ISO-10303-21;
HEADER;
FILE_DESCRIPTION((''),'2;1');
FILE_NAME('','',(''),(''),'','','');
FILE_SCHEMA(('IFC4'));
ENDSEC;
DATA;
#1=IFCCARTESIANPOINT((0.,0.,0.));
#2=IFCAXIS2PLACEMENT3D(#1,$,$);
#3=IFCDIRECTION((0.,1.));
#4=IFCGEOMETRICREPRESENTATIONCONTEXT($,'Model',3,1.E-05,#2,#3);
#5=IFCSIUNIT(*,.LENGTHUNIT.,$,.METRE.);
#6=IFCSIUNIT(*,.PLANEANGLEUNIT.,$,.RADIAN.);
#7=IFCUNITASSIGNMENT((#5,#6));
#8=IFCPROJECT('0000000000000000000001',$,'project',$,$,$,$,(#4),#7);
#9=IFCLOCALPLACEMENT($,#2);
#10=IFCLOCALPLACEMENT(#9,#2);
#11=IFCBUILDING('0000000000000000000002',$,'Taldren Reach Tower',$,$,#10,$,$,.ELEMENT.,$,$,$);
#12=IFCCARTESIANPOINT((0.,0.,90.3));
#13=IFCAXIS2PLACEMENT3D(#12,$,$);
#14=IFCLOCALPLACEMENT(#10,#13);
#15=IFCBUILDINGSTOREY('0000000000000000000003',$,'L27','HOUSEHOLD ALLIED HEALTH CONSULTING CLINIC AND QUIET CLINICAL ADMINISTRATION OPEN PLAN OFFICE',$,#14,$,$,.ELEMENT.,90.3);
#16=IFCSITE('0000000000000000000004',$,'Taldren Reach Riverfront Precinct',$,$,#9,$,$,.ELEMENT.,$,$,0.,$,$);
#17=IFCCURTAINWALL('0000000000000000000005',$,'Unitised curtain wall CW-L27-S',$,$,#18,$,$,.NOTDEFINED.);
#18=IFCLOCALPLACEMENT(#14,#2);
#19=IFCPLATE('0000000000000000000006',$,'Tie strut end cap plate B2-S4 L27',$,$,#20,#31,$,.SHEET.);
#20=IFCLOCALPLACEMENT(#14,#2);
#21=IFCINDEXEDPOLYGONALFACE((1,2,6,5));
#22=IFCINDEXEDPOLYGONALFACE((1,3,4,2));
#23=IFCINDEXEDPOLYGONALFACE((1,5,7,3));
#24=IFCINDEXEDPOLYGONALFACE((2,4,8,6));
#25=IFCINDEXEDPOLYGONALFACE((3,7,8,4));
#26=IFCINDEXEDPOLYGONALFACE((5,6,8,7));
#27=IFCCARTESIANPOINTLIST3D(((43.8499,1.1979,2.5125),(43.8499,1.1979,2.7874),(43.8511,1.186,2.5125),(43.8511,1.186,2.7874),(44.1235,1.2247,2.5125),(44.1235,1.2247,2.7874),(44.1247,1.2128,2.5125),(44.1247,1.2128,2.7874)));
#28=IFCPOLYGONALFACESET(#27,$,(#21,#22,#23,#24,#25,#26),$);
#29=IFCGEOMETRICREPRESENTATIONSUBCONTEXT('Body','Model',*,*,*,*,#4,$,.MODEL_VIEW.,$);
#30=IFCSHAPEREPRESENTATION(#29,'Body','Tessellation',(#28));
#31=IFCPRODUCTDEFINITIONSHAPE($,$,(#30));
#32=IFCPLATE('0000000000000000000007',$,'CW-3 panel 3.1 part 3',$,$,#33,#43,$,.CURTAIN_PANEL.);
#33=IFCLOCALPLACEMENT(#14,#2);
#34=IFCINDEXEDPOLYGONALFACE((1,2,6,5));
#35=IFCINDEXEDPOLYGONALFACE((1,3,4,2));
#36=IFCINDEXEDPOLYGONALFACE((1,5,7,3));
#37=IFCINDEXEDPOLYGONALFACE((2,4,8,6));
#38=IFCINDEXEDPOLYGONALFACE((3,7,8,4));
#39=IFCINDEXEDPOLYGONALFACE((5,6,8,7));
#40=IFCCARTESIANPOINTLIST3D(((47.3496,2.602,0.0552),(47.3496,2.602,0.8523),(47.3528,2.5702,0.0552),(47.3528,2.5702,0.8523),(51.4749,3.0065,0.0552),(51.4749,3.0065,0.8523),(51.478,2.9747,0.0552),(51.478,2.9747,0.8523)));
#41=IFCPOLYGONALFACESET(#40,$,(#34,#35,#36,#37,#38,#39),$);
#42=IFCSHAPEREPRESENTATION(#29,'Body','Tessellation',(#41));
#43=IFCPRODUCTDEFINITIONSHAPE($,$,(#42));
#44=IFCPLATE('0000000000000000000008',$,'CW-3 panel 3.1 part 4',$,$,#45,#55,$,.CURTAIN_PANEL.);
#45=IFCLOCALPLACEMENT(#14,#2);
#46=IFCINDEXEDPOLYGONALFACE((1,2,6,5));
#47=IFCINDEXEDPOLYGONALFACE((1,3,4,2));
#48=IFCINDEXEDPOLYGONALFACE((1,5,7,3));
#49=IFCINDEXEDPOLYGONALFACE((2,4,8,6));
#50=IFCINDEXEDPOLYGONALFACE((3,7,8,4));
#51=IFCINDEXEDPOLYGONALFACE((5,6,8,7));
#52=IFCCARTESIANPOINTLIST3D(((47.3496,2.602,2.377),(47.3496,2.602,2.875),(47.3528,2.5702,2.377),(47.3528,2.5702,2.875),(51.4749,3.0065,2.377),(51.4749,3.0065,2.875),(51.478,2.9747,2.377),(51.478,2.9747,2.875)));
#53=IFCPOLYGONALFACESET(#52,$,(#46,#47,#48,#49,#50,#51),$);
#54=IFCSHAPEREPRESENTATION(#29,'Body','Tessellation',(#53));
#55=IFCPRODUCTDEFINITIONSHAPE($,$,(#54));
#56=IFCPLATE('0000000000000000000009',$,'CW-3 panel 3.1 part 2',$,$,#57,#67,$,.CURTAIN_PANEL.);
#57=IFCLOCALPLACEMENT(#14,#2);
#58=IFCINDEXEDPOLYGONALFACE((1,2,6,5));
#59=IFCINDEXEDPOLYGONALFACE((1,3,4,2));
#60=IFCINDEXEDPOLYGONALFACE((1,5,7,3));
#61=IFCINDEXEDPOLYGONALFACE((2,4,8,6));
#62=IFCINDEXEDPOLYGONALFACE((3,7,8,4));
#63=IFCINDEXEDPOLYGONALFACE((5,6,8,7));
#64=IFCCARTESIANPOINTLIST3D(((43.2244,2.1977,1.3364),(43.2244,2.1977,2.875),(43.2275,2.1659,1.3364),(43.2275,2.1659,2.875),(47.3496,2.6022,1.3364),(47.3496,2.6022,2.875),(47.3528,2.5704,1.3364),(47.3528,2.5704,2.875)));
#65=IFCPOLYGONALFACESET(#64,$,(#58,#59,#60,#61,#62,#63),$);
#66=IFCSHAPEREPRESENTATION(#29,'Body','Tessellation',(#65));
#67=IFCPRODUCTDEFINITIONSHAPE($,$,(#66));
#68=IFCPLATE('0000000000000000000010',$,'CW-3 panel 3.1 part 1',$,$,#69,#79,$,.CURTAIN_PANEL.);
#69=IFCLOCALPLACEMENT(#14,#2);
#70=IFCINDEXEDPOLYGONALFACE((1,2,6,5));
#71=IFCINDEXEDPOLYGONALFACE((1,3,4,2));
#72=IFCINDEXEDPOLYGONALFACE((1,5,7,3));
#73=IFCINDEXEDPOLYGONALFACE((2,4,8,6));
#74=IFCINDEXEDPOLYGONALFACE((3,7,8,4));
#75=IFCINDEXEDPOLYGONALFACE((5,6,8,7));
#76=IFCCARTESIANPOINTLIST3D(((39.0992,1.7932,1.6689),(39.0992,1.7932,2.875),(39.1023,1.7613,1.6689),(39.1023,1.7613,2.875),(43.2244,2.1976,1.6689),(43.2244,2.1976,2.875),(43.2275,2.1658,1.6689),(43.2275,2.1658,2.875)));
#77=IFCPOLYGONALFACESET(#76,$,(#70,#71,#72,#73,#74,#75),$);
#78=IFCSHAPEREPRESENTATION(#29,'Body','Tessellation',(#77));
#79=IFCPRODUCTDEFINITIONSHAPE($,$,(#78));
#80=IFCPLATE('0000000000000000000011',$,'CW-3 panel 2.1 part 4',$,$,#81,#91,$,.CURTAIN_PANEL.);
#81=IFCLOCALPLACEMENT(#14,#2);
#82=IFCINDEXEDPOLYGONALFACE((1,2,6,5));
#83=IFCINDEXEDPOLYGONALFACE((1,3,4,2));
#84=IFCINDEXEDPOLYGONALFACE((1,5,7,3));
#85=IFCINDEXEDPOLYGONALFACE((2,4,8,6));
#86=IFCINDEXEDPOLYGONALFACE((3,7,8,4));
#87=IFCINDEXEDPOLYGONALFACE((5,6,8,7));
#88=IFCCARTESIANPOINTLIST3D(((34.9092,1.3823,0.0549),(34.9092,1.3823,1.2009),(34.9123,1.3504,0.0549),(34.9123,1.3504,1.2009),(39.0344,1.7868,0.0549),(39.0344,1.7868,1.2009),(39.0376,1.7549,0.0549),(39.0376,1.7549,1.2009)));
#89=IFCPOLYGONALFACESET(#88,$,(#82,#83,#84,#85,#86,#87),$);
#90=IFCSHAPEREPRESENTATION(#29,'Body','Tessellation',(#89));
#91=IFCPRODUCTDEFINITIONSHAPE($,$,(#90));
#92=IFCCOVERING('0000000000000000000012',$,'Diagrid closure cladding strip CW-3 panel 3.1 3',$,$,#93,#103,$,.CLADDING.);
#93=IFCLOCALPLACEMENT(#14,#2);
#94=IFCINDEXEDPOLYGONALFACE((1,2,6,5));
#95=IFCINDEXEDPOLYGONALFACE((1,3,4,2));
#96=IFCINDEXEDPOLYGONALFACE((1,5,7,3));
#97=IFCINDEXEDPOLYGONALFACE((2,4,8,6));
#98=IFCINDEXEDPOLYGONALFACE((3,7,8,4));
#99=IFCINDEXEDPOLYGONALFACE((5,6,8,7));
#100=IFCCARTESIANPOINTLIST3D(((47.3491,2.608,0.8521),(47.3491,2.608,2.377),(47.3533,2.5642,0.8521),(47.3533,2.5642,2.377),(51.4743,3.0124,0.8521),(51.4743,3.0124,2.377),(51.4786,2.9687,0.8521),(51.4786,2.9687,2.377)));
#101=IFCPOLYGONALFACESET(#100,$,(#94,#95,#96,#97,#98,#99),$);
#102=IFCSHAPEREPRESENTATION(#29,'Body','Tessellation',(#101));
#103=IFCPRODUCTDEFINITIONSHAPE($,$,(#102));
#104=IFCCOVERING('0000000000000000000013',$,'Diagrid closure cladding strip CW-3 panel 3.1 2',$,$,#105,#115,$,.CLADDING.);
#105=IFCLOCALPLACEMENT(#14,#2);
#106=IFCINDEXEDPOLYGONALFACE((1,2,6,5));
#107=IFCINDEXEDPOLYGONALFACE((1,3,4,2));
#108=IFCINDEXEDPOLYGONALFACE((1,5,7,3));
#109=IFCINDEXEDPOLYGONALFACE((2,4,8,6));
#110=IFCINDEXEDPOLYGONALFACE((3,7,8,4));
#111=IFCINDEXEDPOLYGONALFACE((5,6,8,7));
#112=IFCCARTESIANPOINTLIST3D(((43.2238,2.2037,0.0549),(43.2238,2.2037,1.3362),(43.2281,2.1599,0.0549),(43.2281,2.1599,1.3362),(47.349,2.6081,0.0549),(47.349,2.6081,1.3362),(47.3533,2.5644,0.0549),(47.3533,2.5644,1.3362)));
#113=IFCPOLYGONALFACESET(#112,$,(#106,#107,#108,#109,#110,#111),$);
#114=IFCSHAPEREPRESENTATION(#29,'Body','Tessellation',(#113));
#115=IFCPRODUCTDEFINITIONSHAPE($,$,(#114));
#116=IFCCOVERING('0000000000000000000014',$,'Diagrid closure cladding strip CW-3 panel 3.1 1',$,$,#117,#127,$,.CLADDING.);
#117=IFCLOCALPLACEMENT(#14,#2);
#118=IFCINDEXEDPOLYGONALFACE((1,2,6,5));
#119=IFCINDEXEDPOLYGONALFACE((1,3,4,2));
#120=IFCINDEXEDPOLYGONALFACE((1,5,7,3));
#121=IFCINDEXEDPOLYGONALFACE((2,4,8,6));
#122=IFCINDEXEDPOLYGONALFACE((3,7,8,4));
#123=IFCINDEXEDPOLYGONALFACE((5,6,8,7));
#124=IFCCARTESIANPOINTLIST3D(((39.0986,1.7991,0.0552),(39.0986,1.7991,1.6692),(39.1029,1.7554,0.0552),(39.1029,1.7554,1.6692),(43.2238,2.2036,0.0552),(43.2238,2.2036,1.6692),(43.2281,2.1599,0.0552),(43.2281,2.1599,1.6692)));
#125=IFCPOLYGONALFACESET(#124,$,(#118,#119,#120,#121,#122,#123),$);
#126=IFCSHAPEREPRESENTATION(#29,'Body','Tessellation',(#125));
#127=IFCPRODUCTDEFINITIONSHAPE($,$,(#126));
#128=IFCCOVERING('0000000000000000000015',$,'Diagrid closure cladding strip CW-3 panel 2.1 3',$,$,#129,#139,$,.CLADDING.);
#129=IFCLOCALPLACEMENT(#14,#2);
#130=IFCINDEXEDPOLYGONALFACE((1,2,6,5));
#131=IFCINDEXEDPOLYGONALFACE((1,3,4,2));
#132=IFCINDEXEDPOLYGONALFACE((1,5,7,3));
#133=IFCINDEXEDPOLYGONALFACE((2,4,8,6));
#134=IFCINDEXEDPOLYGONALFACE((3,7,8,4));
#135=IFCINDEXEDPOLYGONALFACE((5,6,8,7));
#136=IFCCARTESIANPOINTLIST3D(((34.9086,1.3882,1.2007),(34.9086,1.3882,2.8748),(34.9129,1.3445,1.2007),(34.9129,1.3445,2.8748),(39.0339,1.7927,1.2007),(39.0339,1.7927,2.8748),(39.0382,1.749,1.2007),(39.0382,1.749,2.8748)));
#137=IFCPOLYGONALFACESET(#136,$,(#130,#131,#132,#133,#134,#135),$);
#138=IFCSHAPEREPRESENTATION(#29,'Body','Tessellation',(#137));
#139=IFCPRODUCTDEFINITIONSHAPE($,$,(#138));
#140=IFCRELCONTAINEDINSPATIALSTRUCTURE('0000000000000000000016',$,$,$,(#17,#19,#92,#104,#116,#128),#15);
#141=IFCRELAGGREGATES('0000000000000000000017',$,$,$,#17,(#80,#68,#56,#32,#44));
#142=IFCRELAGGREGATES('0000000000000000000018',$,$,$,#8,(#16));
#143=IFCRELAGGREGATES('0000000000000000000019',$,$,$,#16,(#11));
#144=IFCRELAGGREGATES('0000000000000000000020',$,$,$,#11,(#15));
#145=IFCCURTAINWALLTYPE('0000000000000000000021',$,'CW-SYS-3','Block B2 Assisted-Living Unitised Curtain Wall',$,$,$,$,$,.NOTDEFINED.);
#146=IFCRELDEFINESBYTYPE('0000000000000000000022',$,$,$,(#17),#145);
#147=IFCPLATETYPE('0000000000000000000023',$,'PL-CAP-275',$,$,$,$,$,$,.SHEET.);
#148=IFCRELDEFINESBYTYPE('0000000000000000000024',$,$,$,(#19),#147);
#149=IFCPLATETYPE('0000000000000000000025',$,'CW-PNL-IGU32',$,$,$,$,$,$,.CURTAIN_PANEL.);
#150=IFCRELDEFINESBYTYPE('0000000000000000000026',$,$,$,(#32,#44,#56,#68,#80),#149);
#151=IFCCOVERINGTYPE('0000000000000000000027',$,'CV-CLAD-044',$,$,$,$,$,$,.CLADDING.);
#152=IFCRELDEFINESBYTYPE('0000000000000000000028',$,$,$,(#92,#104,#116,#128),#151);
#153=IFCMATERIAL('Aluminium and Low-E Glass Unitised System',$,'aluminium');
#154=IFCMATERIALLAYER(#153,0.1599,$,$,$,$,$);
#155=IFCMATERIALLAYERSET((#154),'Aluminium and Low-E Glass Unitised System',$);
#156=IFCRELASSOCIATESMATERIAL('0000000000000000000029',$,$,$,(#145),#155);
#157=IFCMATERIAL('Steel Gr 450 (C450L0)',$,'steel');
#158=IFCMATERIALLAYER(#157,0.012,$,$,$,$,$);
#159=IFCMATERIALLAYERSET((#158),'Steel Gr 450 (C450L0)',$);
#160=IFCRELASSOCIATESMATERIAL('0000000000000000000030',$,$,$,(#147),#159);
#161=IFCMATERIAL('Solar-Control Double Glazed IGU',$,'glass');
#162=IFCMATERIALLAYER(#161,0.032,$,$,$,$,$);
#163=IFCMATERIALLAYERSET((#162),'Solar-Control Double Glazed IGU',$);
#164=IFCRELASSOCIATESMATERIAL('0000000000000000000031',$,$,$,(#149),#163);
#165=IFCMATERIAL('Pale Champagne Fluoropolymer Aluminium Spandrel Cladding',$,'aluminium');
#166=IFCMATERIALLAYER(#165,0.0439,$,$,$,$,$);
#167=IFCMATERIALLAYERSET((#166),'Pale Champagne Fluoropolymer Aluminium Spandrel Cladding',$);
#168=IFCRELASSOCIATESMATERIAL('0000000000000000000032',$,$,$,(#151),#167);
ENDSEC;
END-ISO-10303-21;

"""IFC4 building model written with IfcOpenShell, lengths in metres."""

from ifc_helpers import new_model, si_unit, direction, frame, origin, origin_2d, place, context, subcontext, project, spatial, rectangle, extrude, source, transform, mapped, material, layer, layer_set, type_object, element, aggregate, save


model = new_model("IFC4")

# Units and contexts
model_context = context("Model", 3, precision=1e-05, world=origin(), true_north=direction((0.0, 1.0)))
body_context = subcontext(model_context, "Body", "Model", "MODEL_VIEW")
ifc_project = project(units=[si_unit("LENGTHUNIT", "METRE"), si_unit("PLANEANGLEUNIT", "RADIAN")], contexts=[model_context])

# Site, building, storey
site_placement = place(None, origin())
site = spatial("IfcSite", under=ifc_project, at=site_placement, Name="Taldren Reach Riverfront Precinct", CompositionType="ELEMENT", RefElevation=0.0)
building_placement = place(site_placement, origin())
building = spatial("IfcBuilding", under=site, at=building_placement, Name="Taldren Reach Tower", CompositionType="ELEMENT")
storey_placement = place(building_placement, frame((0.0, 0.0, 90.3)))
storey = spatial("IfcBuildingStorey", under=building, at=storey_placement, Name="L27", Description="HOUSEHOLD ALLIED HEALTH CONSULTING CLINIC AND QUIET CLINICAL ADMINISTRATION OPEN PLAN OFFICE", CompositionType="ELEMENT", Elevation=90.3)

# Shared definitions
ifc_material_1 = material(Name="Steel Gr 450 (C450L0)", Category="steel")

# Curtain wall
ifc_material_2 = material(Name="Aluminium and Low-E Glass Unitised System", Category="aluminium")
ifc_layer_1 = layer(ifc_material_2, 0.1599)
ifc_layer_set_1 = layer_set([ifc_layer_1], Name="Aluminium and Low-E Glass Unitised System")
curtain_wall_type = type_object("IfcCurtainWallType", Name="CW-SYS-3", Description="Block B2 Assisted-Living Unitised Curtain Wall", PredefinedType="NOTDEFINED", material=ifc_layer_set_1)
curtain_wall_placement = place(storey_placement, origin())
curtain_wall = element("IfcCurtainWall", 1, at=curtain_wall_placement, inside=storey, type_object=curtain_wall_type, Name="Unitised curtain wall CW-L27-S", PredefinedType="NOTDEFINED")

# Plates
ifc_layer_2 = layer(ifc_material_1, 0.012)
ifc_layer_set_2 = layer_set([ifc_layer_2], Name="Steel Gr 450 (C450L0)")
plate_type_1 = type_object("IfcPlateType", Name="PL-CAP-275", PredefinedType="SHEET", material=ifc_layer_set_2)
shared_shape_1 = source(origin(), body_context, "Body", "SweptSolid", [
    extrude(rectangle(XDim=0.2749, YDim=0.012, at=origin_2d()), origin(), (0.0, 0.0, 1.0), 0.2749),
])
plate_1_placement = place(storey_placement, frame((43.9873, 1.2053, 2.5125), z_axis=(0.0, 0.0, 1.0), x_axis=(0.995227, 0.097583, 0.0)))
element("IfcPlate", 2, at=plate_1_placement, inside=storey, type_object=plate_type_1, Name="Tie strut end cap plate B2-S4 L27", PredefinedType="SHEET", context=body_context, shape_type="MappedRepresentation", body=[
    mapped(shared_shape_1, transform((0.0, 0.0, 0.0), scale=1.0)),
])
ifc_material_3 = material(Name="Solar-Control Double Glazed IGU", Category="glass")
ifc_layer_3 = layer(ifc_material_3, 0.032)
ifc_layer_set_3 = layer_set([ifc_layer_3], Name="Solar-Control Double Glazed IGU")
plate_type_2 = type_object("IfcPlateType", Name="CW-PNL-IGU32", PredefinedType="CURTAIN_PANEL", material=ifc_layer_set_3)
shared_shape_2 = source(origin(), body_context, "Body", "SweptSolid", [
    extrude(rectangle(XDim=4.145, YDim=0.032, at=origin_2d()), origin(), (0.0, 0.0, 1.0), 0.7971),
])
plate_2_placement = place(storey_placement, frame((49.4138, 2.7883, 0.0552), z_axis=(0.0, 0.0, 1.0), x_axis=(0.995227, 0.097583, 0.0)))
plate_2 = element("IfcPlate", 3, at=plate_2_placement, type_object=plate_type_2, Name="CW-3 panel 3.1 part 3", PredefinedType="CURTAIN_PANEL", context=body_context, shape_type="MappedRepresentation", body=[
    mapped(shared_shape_2, transform((0.0, 0.0, 0.0), scale=1.0)),
])
shared_shape_3 = source(origin(), body_context, "Body", "SweptSolid", [
    extrude(rectangle(XDim=4.145, YDim=0.032, at=origin_2d()), origin(), (0.0, 0.0, 1.0), 0.498),
])
plate_3_placement = place(storey_placement, frame((49.4138, 2.7883, 2.377), z_axis=(0.0, 0.0, 1.0), x_axis=(0.995227, 0.097583, 0.0)))
plate_3 = element("IfcPlate", 4, at=plate_3_placement, type_object=plate_type_2, Name="CW-3 panel 3.1 part 4", PredefinedType="CURTAIN_PANEL", context=body_context, shape_type="MappedRepresentation", body=[
    mapped(shared_shape_3, transform((0.0, 0.0, 0.0), scale=1.0)),
])
shared_shape_4 = source(origin(), body_context, "Body", "SweptSolid", [
    extrude(rectangle(XDim=4.145, YDim=0.032, at=origin_2d()), origin(), (0.0, 0.0, 1.0), 1.5386),
])
plate_4_placement = place(storey_placement, frame((45.2886, 2.384, 1.3364), z_axis=(0.0, 0.0, 1.0), x_axis=(0.995227, 0.097583, 0.0)))
plate_4 = element("IfcPlate", 5, at=plate_4_placement, type_object=plate_type_2, Name="CW-3 panel 3.1 part 2", PredefinedType="CURTAIN_PANEL", context=body_context, shape_type="MappedRepresentation", body=[
    mapped(shared_shape_4, transform((0.0, 0.0, 0.0), scale=1.0)),
])
shared_shape_5 = source(origin(), body_context, "Body", "SweptSolid", [
    extrude(rectangle(XDim=4.145, YDim=0.032, at=origin_2d()), origin(), (0.0, 0.0, 1.0), 1.2061),
])
plate_5_placement = place(storey_placement, frame((41.1633, 1.9795, 1.6689), z_axis=(0.0, 0.0, 1.0), x_axis=(0.995227, 0.097583, 0.0)))
plate_5 = element("IfcPlate", 6, at=plate_5_placement, type_object=plate_type_2, Name="CW-3 panel 3.1 part 1", PredefinedType="CURTAIN_PANEL", context=body_context, shape_type="MappedRepresentation", body=[
    mapped(shared_shape_5, transform((0.0, 0.0, 0.0), scale=1.0)),
])
shared_shape_6 = source(origin(), body_context, "Body", "SweptSolid", [
    extrude(rectangle(XDim=4.145, YDim=0.032, at=origin_2d()), origin(), (0.0, 0.0, 1.0), 1.146),
])
plate_6_placement = place(storey_placement, frame((36.9734, 1.5686, 0.0549), z_axis=(0.0, 0.0, 1.0), x_axis=(0.995227, 0.097583, 0.0)))
plate_6 = element("IfcPlate", 7, at=plate_6_placement, type_object=plate_type_2, Name="CW-3 panel 2.1 part 4", PredefinedType="CURTAIN_PANEL", context=body_context, shape_type="MappedRepresentation", body=[
    mapped(shared_shape_6, transform((0.0, 0.0, 0.0), scale=1.0)),
])
aggregate(curtain_wall, [plate_6, plate_5, plate_4, plate_2, plate_3])

# Coverings
ifc_material_4 = material(Name="Pale Champagne Fluoropolymer Aluminium Spandrel Cladding", Category="aluminium")
ifc_layer_4 = layer(ifc_material_4, 0.0439)
ifc_layer_set_4 = layer_set([ifc_layer_4], Name="Pale Champagne Fluoropolymer Aluminium Spandrel Cladding")
covering_type = type_object("IfcCoveringType", Name="CV-CLAD-044", PredefinedType="CLADDING", material=ifc_layer_set_4)
shared_shape_7 = source(origin(), body_context, "Body", "SweptSolid", [
    extrude(rectangle(XDim=4.145, YDim=0.0439, at=origin_2d()), origin(), (0.0, 0.0, 1.0), 1.5249),
])
covering_1_placement = place(storey_placement, frame((49.4138, 2.7883, 0.8521), z_axis=(0.0, 0.0, 1.0), x_axis=(0.995227, 0.097583, 0.0)))
element("IfcCovering", 8, at=covering_1_placement, inside=storey, type_object=covering_type, Name="Diagrid closure cladding strip CW-3 panel 3.1 3", PredefinedType="CLADDING", context=body_context, shape_type="MappedRepresentation", body=[
    mapped(shared_shape_7, transform((0.0, 0.0, 0.0), scale=1.0)),
])
shared_shape_8 = source(origin(), body_context, "Body", "SweptSolid", [
    extrude(rectangle(XDim=4.145, YDim=0.0439, at=origin_2d()), origin(), (0.0, 0.0, 1.0), 1.2812),
])
covering_2_placement = place(storey_placement, frame((45.2886, 2.384, 0.0549), z_axis=(0.0, 0.0, 1.0), x_axis=(0.995227, 0.097583, 0.0)))
element("IfcCovering", 9, at=covering_2_placement, inside=storey, type_object=covering_type, Name="Diagrid closure cladding strip CW-3 panel 3.1 2", PredefinedType="CLADDING", context=body_context, shape_type="MappedRepresentation", body=[
    mapped(shared_shape_8, transform((0.0, 0.0, 0.0), scale=1.0)),
])
shared_shape_9 = source(origin(), body_context, "Body", "SweptSolid", [
    extrude(rectangle(XDim=4.145, YDim=0.0439, at=origin_2d()), origin(), (0.0, 0.0, 1.0), 1.614),
])
covering_3_placement = place(storey_placement, frame((41.1633, 1.9795, 0.0552), z_axis=(0.0, 0.0, 1.0), x_axis=(0.995227, 0.097583, 0.0)))
element("IfcCovering", 10, at=covering_3_placement, inside=storey, type_object=covering_type, Name="Diagrid closure cladding strip CW-3 panel 3.1 1", PredefinedType="CLADDING", context=body_context, shape_type="MappedRepresentation", body=[
    mapped(shared_shape_9, transform((0.0, 0.0, 0.0), scale=1.0)),
])
shared_shape_10 = source(origin(), body_context, "Body", "SweptSolid", [
    extrude(rectangle(XDim=4.145, YDim=0.0439, at=origin_2d()), origin(), (0.0, 0.0, 1.0), 1.6741),
])
covering_4_placement = place(storey_placement, frame((36.9734, 1.5686, 1.2007), z_axis=(0.0, 0.0, 1.0), x_axis=(0.995227, 0.097583, 0.0)))
element("IfcCovering", 11, at=covering_4_placement, inside=storey, type_object=covering_type, Name="Diagrid closure cladding strip CW-3 panel 2.1 3", PredefinedType="CLADDING", context=body_context, shape_type="MappedRepresentation", body=[
    mapped(shared_shape_10, transform((0.0, 0.0, 0.0), scale=1.0)),
])

save(model, "model.ifc")
